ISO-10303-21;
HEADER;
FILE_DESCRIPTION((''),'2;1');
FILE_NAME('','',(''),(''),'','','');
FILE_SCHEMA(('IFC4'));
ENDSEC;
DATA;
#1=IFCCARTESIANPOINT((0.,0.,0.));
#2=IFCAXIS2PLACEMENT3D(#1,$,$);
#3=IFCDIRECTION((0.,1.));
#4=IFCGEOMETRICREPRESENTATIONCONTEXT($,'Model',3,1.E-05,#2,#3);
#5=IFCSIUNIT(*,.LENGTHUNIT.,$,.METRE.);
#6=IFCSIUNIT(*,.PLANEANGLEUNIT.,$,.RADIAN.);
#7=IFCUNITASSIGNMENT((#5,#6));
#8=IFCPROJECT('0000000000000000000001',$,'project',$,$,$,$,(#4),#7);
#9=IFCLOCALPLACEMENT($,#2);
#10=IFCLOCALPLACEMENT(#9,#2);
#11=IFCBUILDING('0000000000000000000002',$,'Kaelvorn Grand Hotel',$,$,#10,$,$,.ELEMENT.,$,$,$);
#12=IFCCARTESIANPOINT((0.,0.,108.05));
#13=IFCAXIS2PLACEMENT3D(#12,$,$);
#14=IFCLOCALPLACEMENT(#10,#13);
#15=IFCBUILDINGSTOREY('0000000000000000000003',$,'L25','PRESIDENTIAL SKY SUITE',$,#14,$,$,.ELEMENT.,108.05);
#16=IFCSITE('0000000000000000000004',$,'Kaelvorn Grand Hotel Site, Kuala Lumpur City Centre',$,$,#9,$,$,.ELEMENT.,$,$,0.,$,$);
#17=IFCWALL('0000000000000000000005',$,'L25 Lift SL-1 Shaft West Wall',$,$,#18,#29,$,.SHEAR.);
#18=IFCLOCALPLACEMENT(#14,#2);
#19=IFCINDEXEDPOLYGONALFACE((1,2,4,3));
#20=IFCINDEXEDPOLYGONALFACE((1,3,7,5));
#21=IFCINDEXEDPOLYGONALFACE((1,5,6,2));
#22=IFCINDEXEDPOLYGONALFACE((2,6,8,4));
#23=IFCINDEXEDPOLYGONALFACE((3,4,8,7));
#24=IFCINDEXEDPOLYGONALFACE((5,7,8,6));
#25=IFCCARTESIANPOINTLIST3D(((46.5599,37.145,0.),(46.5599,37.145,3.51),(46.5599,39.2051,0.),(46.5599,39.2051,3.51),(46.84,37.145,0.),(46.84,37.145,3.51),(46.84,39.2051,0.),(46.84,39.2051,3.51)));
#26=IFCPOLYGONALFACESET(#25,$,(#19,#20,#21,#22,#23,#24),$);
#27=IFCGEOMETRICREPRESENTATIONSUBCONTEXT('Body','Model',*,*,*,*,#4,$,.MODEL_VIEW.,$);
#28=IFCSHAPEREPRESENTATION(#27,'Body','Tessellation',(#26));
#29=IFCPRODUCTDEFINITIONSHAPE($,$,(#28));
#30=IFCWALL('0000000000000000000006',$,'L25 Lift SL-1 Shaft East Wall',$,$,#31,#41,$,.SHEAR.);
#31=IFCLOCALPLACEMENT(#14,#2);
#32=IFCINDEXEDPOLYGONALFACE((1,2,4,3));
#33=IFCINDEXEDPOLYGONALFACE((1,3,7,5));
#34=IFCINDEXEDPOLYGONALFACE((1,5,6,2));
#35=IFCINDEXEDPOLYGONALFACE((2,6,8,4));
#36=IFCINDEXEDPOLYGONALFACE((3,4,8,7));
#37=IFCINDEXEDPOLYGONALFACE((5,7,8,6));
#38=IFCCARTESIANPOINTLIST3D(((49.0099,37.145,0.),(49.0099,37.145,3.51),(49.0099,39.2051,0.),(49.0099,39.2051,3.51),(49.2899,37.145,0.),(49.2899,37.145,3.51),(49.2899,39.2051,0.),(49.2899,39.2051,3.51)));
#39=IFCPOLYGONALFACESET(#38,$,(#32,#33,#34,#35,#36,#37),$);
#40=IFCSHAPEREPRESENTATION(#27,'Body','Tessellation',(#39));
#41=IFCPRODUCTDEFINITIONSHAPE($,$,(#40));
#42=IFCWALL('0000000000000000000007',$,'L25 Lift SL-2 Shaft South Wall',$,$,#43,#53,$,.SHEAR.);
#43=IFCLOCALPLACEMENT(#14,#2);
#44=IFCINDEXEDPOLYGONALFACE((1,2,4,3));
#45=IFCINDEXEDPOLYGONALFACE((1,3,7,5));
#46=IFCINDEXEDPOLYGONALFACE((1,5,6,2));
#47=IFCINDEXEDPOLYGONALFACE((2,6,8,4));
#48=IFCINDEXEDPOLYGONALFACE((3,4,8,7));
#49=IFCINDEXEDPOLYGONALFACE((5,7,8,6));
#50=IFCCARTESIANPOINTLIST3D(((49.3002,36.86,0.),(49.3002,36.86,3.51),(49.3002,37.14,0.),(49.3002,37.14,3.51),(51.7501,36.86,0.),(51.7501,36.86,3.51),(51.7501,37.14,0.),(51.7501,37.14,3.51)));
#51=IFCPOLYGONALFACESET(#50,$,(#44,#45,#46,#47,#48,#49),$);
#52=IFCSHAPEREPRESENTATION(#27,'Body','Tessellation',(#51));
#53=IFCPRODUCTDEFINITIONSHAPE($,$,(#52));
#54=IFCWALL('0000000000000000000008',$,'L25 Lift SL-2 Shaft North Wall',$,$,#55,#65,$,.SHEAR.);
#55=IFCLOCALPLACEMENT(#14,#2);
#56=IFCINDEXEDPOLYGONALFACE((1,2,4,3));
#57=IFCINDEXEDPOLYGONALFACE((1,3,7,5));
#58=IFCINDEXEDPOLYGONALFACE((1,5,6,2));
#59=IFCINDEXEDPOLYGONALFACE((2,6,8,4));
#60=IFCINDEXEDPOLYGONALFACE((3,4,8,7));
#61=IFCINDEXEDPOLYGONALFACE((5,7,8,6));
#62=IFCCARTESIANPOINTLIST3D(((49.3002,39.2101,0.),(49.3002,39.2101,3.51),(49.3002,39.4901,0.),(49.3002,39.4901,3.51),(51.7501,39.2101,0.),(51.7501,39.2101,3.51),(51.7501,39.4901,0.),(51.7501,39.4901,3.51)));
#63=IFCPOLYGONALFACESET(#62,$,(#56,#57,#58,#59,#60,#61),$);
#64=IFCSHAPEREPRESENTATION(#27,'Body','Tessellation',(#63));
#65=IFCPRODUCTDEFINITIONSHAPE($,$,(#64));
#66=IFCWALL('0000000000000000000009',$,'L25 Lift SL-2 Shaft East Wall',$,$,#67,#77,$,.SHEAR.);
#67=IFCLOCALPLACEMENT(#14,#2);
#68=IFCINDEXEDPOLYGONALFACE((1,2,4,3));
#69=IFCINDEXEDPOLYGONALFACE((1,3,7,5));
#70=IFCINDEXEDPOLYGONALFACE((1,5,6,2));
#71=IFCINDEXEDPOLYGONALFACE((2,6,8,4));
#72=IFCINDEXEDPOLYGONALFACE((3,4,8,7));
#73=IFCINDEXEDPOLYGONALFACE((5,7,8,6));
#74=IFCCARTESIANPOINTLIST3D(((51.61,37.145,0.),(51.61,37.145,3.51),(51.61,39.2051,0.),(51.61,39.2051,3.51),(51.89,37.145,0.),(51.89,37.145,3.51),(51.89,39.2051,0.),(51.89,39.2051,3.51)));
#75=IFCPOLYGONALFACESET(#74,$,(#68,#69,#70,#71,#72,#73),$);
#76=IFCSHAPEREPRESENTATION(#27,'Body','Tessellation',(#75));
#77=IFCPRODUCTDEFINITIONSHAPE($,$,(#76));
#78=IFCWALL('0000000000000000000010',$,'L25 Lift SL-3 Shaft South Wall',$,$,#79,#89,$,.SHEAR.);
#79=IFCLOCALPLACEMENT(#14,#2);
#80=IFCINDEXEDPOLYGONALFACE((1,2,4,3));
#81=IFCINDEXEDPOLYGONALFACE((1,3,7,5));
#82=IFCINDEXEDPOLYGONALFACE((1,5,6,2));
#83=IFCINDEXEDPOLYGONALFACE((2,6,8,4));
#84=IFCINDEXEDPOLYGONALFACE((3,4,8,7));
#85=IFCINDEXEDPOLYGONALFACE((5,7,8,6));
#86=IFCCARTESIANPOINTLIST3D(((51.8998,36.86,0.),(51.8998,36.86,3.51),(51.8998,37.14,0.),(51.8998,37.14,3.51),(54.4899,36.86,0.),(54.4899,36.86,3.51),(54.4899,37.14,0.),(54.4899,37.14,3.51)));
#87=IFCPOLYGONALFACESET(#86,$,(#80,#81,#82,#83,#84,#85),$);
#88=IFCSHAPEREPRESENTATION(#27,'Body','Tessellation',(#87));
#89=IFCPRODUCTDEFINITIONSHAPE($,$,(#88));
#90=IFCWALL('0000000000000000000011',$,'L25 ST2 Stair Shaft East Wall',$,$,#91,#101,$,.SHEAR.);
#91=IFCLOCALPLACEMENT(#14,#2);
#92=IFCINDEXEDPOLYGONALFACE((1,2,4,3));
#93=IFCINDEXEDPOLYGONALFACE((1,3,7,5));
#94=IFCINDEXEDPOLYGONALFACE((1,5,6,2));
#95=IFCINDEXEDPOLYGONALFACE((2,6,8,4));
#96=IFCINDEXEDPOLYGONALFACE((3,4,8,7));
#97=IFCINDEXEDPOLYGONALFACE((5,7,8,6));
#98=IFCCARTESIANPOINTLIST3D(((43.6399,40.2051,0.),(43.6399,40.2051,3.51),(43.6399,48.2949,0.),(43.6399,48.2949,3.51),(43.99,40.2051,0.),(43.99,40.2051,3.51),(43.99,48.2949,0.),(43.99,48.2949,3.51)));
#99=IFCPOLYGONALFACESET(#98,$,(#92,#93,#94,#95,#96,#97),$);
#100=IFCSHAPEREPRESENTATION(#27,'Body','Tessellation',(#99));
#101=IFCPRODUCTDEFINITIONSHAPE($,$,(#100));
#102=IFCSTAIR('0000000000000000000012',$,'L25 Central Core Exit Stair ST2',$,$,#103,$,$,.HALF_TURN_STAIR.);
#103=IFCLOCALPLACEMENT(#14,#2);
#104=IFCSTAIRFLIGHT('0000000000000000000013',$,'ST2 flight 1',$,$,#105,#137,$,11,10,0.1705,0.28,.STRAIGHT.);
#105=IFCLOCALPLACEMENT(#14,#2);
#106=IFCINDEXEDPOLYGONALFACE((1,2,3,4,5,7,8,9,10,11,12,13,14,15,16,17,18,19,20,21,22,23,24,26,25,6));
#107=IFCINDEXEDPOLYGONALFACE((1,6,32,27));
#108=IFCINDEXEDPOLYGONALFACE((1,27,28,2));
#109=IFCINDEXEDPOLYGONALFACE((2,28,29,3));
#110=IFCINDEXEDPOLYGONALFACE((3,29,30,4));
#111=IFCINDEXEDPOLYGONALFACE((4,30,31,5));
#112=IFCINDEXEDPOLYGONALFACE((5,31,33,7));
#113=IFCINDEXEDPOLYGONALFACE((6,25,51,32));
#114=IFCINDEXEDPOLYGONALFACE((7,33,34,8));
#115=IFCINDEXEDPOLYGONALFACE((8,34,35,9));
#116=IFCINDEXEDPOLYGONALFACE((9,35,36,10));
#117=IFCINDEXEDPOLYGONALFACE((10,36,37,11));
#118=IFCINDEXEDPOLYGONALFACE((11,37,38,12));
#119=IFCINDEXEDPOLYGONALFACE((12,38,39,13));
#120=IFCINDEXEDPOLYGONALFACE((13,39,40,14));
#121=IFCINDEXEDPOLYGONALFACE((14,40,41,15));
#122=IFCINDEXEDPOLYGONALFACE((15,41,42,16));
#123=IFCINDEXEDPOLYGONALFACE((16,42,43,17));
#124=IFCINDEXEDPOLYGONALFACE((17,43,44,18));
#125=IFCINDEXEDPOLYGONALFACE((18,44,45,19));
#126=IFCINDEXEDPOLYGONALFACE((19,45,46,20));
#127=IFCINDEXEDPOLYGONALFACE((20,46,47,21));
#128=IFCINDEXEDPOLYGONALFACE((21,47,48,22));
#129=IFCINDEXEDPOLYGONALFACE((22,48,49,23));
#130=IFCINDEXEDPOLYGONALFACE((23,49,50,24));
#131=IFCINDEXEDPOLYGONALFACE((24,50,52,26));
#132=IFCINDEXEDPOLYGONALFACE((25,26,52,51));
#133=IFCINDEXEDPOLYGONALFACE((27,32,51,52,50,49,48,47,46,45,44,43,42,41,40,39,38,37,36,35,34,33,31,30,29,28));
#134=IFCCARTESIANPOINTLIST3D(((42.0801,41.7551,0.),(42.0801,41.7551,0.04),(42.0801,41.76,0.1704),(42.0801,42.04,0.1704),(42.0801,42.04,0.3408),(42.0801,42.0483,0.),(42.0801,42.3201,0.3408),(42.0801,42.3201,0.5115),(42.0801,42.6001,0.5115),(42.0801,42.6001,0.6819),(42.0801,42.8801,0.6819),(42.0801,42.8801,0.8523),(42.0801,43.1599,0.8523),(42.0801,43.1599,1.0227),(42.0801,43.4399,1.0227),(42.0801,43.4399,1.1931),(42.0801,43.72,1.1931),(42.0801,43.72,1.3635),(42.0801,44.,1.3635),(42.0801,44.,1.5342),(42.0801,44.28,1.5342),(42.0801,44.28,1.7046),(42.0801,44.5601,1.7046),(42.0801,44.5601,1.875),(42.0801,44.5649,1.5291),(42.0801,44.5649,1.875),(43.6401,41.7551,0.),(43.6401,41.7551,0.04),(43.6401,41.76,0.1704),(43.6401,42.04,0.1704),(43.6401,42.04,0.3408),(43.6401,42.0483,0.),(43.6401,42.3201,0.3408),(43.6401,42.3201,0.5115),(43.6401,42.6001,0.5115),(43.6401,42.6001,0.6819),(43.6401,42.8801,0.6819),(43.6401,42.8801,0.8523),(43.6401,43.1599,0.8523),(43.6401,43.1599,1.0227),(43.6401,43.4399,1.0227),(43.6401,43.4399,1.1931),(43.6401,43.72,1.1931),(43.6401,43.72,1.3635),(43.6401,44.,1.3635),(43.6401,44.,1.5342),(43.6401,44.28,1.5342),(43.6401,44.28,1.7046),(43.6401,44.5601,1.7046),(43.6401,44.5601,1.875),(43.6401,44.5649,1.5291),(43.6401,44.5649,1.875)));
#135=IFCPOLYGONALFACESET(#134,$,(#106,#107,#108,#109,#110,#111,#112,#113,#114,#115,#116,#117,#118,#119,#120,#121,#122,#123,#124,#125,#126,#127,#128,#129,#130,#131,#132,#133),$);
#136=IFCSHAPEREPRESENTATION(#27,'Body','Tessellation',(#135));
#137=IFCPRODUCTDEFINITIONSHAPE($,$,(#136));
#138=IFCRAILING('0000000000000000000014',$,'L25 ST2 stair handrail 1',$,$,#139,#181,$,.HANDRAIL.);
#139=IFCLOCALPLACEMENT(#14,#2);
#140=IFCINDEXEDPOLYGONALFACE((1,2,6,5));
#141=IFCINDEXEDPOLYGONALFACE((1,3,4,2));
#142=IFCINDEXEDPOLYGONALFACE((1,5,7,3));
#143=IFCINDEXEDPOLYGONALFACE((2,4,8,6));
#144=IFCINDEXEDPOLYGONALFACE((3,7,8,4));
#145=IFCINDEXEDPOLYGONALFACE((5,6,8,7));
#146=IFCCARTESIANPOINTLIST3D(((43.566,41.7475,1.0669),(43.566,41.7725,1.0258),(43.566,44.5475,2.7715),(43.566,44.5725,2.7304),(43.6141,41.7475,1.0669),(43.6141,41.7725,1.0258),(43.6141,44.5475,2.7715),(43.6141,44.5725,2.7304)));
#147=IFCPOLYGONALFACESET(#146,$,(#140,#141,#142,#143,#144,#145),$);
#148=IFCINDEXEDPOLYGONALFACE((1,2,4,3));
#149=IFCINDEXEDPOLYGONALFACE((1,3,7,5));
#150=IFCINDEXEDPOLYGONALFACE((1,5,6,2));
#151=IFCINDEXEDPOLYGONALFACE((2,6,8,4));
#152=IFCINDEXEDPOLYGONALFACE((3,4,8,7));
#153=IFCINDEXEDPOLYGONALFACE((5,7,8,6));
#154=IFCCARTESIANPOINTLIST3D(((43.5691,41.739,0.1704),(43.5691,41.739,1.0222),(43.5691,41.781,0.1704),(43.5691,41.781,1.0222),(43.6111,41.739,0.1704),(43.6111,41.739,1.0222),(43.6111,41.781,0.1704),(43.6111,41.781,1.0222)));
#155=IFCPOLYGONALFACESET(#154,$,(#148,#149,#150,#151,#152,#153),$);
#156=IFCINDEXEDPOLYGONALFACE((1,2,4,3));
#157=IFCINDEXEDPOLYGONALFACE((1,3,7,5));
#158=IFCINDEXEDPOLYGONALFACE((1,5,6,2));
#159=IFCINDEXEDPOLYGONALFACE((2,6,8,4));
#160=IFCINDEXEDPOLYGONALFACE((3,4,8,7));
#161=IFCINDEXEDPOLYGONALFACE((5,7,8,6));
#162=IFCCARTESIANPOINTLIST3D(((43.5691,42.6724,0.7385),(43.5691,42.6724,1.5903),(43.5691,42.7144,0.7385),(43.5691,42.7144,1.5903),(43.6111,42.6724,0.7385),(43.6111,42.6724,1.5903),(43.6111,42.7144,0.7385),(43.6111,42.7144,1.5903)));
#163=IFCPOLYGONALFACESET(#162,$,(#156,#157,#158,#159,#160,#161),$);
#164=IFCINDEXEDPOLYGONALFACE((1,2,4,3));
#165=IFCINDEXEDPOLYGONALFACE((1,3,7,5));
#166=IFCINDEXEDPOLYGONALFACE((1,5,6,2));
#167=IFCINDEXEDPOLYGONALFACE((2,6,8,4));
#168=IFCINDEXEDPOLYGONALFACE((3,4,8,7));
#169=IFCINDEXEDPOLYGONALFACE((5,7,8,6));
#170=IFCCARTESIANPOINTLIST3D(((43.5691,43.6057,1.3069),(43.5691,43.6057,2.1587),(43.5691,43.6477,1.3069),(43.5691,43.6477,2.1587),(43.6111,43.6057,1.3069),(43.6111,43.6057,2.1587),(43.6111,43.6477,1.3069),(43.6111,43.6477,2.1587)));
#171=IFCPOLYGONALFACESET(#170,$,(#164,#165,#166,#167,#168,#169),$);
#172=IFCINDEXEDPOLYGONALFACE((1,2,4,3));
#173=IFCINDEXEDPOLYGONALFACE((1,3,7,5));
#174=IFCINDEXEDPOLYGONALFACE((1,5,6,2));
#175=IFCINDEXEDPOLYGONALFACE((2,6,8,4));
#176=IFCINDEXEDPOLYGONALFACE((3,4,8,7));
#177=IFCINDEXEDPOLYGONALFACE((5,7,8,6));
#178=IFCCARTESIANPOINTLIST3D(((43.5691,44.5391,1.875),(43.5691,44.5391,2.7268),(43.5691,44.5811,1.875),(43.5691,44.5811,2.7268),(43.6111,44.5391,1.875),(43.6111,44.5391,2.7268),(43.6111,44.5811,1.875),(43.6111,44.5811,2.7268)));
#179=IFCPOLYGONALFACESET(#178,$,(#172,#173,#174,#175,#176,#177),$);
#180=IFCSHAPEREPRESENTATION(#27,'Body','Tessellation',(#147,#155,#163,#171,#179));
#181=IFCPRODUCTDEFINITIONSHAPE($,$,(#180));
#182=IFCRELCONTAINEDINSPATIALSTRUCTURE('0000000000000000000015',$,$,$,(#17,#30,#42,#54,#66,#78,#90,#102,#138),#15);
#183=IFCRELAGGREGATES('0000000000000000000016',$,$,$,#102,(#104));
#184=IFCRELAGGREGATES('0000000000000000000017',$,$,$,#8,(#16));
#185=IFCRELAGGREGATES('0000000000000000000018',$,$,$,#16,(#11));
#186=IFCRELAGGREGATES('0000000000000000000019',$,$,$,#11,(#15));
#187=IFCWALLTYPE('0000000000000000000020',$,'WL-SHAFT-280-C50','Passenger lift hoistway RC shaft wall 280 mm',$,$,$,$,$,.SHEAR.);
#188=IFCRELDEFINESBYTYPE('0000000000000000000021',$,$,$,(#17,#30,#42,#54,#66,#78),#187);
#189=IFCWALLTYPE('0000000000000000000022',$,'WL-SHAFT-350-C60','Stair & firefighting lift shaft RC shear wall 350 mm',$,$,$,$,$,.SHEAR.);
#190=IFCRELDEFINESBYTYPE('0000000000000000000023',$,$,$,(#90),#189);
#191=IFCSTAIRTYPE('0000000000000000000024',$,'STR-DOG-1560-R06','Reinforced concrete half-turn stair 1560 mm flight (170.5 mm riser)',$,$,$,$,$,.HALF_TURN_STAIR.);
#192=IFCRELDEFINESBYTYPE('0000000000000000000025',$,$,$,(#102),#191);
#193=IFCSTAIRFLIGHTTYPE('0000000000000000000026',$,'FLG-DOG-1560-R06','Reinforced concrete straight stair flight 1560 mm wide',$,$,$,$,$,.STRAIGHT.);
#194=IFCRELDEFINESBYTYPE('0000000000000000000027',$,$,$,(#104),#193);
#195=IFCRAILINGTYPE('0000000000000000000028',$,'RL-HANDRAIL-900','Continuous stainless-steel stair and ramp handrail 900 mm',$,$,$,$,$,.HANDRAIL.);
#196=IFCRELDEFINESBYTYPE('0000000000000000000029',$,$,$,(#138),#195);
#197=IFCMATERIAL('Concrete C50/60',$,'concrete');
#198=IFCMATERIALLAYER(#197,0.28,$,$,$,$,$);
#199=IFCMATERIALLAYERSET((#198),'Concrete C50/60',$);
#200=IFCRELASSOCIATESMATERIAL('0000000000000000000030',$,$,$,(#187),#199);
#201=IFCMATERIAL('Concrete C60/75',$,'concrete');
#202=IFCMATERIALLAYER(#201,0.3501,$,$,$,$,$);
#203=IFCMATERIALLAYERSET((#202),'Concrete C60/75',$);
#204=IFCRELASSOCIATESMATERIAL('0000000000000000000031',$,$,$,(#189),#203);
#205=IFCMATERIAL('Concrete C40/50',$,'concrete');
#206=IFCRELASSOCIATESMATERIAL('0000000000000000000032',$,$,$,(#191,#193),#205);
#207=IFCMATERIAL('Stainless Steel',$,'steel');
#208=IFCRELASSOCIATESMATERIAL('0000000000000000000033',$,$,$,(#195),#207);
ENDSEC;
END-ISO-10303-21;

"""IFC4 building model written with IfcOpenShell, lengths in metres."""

from ifc_helpers import new_model, si_unit, direction, frame, frame_2d, origin, origin_2d, place, context, subcontext, project, spatial, polyline, rectangle, outline, extrude, material, layer, layer_set, type_object, element, aggregate, save


model = new_model("IFC4")

# Units and contexts
model_context = context("Model", 3, precision=1e-05, world=origin(), true_north=direction((0.0, 1.0)))
body_context = subcontext(model_context, "Body", "Model", "MODEL_VIEW")
ifc_project = project(units=[si_unit("LENGTHUNIT", "METRE"), si_unit("PLANEANGLEUNIT", "RADIAN")], contexts=[model_context])

# Site, building, storey
site_placement = place(None, origin())
site = spatial("IfcSite", under=ifc_project, at=site_placement, Name="Kaelvorn Grand Hotel Site, Kuala Lumpur City Centre", CompositionType="ELEMENT", RefElevation=0.0)
building_placement = place(site_placement, origin())
building = spatial("IfcBuilding", under=site, at=building_placement, Name="Kaelvorn Grand Hotel", CompositionType="ELEMENT")
storey_placement = place(building_placement, frame((0.0, 0.0, 108.05)))
storey = spatial("IfcBuildingStorey", under=building, at=storey_placement, Name="L25", Description="PRESIDENTIAL SKY SUITE", CompositionType="ELEMENT", Elevation=108.05)

# Shared definitions
ifc_material_1 = material(Name="Concrete C60/75", Category="concrete")

# Walls
ifc_material_2 = material(Name="Concrete C40/50", Category="concrete")
ifc_material_3 = material(Name="Concrete C50/60", Category="concrete")
ifc_layer_1 = layer(ifc_material_3, 0.28)
ifc_layer_set_1 = layer_set([ifc_layer_1], Name="Concrete C50/60")
wall_type_1 = type_object("IfcWallType", Name="WL-SHAFT-280-C50", Description="Passenger lift hoistway RC shaft wall 280 mm", PredefinedType="SHEAR", material=ifc_layer_set_1)
for number, where, z_axis, x_axis, name in (
    (1, (46.7, 37.145, 0.0), (0.0, 0.0, 1.0), (0.0, 1.0, 0.0), "L25 Lift SL-1 Shaft West Wall"),
    (2, (49.1499, 37.145, 0.0), (0.0, 0.0, 1.0), (0.0, 1.0, 0.0), "L25 Lift SL-1 Shaft East Wall"),
):
    element("IfcWall", number, at=place(storey_placement, frame(where, z_axis=z_axis, x_axis=x_axis)), inside=storey, type_object=wall_type_1, Name=name, PredefinedType="SHEAR", context=body_context, shape_type="SweptSolid", body=[
        extrude(rectangle(XDim=2.0601, YDim=0.28, at=frame_2d((1.03, 0.0))), origin(), (0.0, 0.0, 1.0), 3.51),
    ])
for number, where, z_axis, x_axis, name in (
    (3, (49.3, 37.0, 0.0), (0.0, 0.0, 1.0), (1.0, 0.0, 0.0), "L25 Lift SL-2 Shaft South Wall"),
    (4, (49.3, 39.3501, 0.0), (0.0, 0.0, 1.0), (1.0, 0.0, 0.0), "L25 Lift SL-2 Shaft North Wall"),
):
    element("IfcWall", number, at=place(storey_placement, frame(where, z_axis=z_axis, x_axis=x_axis)), inside=storey, type_object=wall_type_1, Name=name, PredefinedType="SHEAR", context=body_context, shape_type="SweptSolid", body=[
        extrude(rectangle(XDim=2.45, YDim=0.28, at=frame_2d((1.2251, 0.0))), origin(), (0.0, 0.0, 1.0), 3.51),
    ])
wall_1_placement = place(storey_placement, frame((51.75, 37.145, 0.0), z_axis=(0.0, 0.0, 1.0), x_axis=(0.0, 1.0, 0.0)))
element("IfcWall", 5, at=wall_1_placement, inside=storey, type_object=wall_type_1, Name="L25 Lift SL-2 Shaft East Wall", PredefinedType="SHEAR", context=body_context, shape_type="SweptSolid", body=[
    extrude(rectangle(XDim=2.0601, YDim=0.28, at=frame_2d((1.03, 0.0))), origin(), (0.0, 0.0, 1.0), 3.51),
])
wall_2_placement = place(storey_placement, frame((51.8999, 37.0, 0.0), z_axis=(0.0, 0.0, 1.0), x_axis=(1.0, 0.0, 0.0)))
element("IfcWall", 6, at=wall_2_placement, inside=storey, type_object=wall_type_1, Name="L25 Lift SL-3 Shaft South Wall", PredefinedType="SHEAR", context=body_context, shape_type="SweptSolid", body=[
    extrude(rectangle(XDim=2.5901, YDim=0.28, at=frame_2d((1.2949, 0.0))), origin(), (0.0, 0.0, 1.0), 3.51),
])
ifc_layer_2 = layer(ifc_material_1, 0.3501)
ifc_layer_set_2 = layer_set([ifc_layer_2], Name="Concrete C60/75")
wall_type_2 = type_object("IfcWallType", Name="WL-SHAFT-350-C60", Description="Stair & firefighting lift shaft RC shear wall 350 mm", PredefinedType="SHEAR", material=ifc_layer_set_2)
wall_3_placement = place(storey_placement, frame((43.8149, 40.2051, 0.0), z_axis=(0.0, 0.0, 1.0), x_axis=(0.0, 1.0, 0.0)))
element("IfcWall", 7, at=wall_3_placement, inside=storey, type_object=wall_type_2, Name="L25 ST2 Stair Shaft East Wall", PredefinedType="SHEAR", context=body_context, shape_type="SweptSolid", body=[
    extrude(rectangle(XDim=8.0898, YDim=0.3501, at=frame_2d((4.0449, 0.0))), origin(), (0.0, 0.0, 1.0), 3.51),
])

# Stair, stair flight
stair_type = type_object("IfcStairType", Name="STR-DOG-1560-R06", Description="Reinforced concrete half-turn stair 1560 mm flight (170.5 mm riser)", PredefinedType="HALF_TURN_STAIR", material=ifc_material_2)
stair_placement = place(storey_placement, origin())
stair = element("IfcStair", 8, at=stair_placement, inside=storey, type_object=stair_type, Name="L25 Central Core Exit Stair ST2", PredefinedType="HALF_TURN_STAIR")
stair_flight_type = type_object("IfcStairFlightType", Name="FLG-DOG-1560-R06", Description="Reinforced concrete straight stair flight 1560 mm wide", PredefinedType="STRAIGHT", material=ifc_material_2)
stair_flight_placement = place(storey_placement, frame((42.8601, 41.76, 0.0), z_axis=(0.0, 0.0, 1.0), x_axis=(0.0, 1.0, 0.0)))
stair_flight = element("IfcStairFlight", 9, at=stair_flight_placement, type_object=stair_flight_type, Name="ST2 flight 1", NumberOfRisers=11, NumberOfTreads=10, PredefinedType="STRAIGHT", RiserHeight=0.1705, TreadLength=0.28, context=body_context, shape_type="SweptSolid", body=[
    extrude(outline(polyline([(-0.0049, 0.0), (-0.0049, 0.04), (0.0, 0.1704), (0.28, 0.1704), (0.28, 0.3408), (0.5601, 0.3408), (0.5601, 0.5115), (0.8401, 0.5115), (0.8401, 0.6819), (1.1201, 0.6819), (1.1201, 0.8523), (1.3999, 0.8523), (1.3999, 1.0227), (1.6799, 1.0227), (1.6799, 1.1931), (1.96, 1.1931), (1.96, 1.3635), (2.24, 1.3635), (2.24, 1.5342), (2.52, 1.5342), (2.52, 1.7046), (2.8, 1.7046), (2.8, 1.875), (2.8049, 1.875), (2.8049, 1.5291), (0.2883, 0.0), (-0.0049, 0.0)])), frame((0.0, 0.78, 0.0), z_axis=(0.0, -1.0, 0.0), x_axis=(1.0, 0.0, 0.0)), (0.0, 0.0, 1.0), 1.5601),
])
aggregate(stair, [stair_flight])

# Railing
ifc_material_4 = material(Name="Stainless Steel", Category="steel")
railing_type_1 = type_object("IfcRailingType", Name="RL-HANDRAIL-900", Description="Continuous stainless-steel stair and ramp handrail 900 mm", PredefinedType="HANDRAIL", material=ifc_material_4)
railing_1_placement = place(storey_placement, frame((43.5901, 41.76, 0.1704)))
element("IfcRailing", 10, at=railing_1_placement, inside=storey, type_object=railing_type_1, Name="L25 ST2 stair handrail 1", PredefinedType="HANDRAIL", context=body_context, shape_type="SweptSolid", body=[
    extrude(rectangle(XDim=0.0481, YDim=0.0481, at=origin_2d()), frame((0.0, 0.0, 0.876), z_axis=(0.0, 0.85417, 0.519994), x_axis=(-1.0, 0.0, 0.0)), (0.0, 0.0, 1.0), 3.2781),
    extrude(rectangle(XDim=0.042, YDim=0.042, at=origin_2d()), origin(), (0.0, 0.0, 1.0), 0.8518),
    extrude(rectangle(XDim=0.042, YDim=0.042, at=origin_2d()), frame((0.0, 0.9333, 0.5681)), (0.0, 0.0, 1.0), 0.8518),
    extrude(rectangle(XDim=0.042, YDim=0.042, at=origin_2d()), frame((0.0, 1.8667, 1.1365)), (0.0, 0.0, 1.0), 0.8518),
    extrude(rectangle(XDim=0.042, YDim=0.042, at=origin_2d()), frame((0.0, 2.8, 1.7046)), (0.0, 0.0, 1.0), 0.8518),
])

save(model, "model.ifc")
